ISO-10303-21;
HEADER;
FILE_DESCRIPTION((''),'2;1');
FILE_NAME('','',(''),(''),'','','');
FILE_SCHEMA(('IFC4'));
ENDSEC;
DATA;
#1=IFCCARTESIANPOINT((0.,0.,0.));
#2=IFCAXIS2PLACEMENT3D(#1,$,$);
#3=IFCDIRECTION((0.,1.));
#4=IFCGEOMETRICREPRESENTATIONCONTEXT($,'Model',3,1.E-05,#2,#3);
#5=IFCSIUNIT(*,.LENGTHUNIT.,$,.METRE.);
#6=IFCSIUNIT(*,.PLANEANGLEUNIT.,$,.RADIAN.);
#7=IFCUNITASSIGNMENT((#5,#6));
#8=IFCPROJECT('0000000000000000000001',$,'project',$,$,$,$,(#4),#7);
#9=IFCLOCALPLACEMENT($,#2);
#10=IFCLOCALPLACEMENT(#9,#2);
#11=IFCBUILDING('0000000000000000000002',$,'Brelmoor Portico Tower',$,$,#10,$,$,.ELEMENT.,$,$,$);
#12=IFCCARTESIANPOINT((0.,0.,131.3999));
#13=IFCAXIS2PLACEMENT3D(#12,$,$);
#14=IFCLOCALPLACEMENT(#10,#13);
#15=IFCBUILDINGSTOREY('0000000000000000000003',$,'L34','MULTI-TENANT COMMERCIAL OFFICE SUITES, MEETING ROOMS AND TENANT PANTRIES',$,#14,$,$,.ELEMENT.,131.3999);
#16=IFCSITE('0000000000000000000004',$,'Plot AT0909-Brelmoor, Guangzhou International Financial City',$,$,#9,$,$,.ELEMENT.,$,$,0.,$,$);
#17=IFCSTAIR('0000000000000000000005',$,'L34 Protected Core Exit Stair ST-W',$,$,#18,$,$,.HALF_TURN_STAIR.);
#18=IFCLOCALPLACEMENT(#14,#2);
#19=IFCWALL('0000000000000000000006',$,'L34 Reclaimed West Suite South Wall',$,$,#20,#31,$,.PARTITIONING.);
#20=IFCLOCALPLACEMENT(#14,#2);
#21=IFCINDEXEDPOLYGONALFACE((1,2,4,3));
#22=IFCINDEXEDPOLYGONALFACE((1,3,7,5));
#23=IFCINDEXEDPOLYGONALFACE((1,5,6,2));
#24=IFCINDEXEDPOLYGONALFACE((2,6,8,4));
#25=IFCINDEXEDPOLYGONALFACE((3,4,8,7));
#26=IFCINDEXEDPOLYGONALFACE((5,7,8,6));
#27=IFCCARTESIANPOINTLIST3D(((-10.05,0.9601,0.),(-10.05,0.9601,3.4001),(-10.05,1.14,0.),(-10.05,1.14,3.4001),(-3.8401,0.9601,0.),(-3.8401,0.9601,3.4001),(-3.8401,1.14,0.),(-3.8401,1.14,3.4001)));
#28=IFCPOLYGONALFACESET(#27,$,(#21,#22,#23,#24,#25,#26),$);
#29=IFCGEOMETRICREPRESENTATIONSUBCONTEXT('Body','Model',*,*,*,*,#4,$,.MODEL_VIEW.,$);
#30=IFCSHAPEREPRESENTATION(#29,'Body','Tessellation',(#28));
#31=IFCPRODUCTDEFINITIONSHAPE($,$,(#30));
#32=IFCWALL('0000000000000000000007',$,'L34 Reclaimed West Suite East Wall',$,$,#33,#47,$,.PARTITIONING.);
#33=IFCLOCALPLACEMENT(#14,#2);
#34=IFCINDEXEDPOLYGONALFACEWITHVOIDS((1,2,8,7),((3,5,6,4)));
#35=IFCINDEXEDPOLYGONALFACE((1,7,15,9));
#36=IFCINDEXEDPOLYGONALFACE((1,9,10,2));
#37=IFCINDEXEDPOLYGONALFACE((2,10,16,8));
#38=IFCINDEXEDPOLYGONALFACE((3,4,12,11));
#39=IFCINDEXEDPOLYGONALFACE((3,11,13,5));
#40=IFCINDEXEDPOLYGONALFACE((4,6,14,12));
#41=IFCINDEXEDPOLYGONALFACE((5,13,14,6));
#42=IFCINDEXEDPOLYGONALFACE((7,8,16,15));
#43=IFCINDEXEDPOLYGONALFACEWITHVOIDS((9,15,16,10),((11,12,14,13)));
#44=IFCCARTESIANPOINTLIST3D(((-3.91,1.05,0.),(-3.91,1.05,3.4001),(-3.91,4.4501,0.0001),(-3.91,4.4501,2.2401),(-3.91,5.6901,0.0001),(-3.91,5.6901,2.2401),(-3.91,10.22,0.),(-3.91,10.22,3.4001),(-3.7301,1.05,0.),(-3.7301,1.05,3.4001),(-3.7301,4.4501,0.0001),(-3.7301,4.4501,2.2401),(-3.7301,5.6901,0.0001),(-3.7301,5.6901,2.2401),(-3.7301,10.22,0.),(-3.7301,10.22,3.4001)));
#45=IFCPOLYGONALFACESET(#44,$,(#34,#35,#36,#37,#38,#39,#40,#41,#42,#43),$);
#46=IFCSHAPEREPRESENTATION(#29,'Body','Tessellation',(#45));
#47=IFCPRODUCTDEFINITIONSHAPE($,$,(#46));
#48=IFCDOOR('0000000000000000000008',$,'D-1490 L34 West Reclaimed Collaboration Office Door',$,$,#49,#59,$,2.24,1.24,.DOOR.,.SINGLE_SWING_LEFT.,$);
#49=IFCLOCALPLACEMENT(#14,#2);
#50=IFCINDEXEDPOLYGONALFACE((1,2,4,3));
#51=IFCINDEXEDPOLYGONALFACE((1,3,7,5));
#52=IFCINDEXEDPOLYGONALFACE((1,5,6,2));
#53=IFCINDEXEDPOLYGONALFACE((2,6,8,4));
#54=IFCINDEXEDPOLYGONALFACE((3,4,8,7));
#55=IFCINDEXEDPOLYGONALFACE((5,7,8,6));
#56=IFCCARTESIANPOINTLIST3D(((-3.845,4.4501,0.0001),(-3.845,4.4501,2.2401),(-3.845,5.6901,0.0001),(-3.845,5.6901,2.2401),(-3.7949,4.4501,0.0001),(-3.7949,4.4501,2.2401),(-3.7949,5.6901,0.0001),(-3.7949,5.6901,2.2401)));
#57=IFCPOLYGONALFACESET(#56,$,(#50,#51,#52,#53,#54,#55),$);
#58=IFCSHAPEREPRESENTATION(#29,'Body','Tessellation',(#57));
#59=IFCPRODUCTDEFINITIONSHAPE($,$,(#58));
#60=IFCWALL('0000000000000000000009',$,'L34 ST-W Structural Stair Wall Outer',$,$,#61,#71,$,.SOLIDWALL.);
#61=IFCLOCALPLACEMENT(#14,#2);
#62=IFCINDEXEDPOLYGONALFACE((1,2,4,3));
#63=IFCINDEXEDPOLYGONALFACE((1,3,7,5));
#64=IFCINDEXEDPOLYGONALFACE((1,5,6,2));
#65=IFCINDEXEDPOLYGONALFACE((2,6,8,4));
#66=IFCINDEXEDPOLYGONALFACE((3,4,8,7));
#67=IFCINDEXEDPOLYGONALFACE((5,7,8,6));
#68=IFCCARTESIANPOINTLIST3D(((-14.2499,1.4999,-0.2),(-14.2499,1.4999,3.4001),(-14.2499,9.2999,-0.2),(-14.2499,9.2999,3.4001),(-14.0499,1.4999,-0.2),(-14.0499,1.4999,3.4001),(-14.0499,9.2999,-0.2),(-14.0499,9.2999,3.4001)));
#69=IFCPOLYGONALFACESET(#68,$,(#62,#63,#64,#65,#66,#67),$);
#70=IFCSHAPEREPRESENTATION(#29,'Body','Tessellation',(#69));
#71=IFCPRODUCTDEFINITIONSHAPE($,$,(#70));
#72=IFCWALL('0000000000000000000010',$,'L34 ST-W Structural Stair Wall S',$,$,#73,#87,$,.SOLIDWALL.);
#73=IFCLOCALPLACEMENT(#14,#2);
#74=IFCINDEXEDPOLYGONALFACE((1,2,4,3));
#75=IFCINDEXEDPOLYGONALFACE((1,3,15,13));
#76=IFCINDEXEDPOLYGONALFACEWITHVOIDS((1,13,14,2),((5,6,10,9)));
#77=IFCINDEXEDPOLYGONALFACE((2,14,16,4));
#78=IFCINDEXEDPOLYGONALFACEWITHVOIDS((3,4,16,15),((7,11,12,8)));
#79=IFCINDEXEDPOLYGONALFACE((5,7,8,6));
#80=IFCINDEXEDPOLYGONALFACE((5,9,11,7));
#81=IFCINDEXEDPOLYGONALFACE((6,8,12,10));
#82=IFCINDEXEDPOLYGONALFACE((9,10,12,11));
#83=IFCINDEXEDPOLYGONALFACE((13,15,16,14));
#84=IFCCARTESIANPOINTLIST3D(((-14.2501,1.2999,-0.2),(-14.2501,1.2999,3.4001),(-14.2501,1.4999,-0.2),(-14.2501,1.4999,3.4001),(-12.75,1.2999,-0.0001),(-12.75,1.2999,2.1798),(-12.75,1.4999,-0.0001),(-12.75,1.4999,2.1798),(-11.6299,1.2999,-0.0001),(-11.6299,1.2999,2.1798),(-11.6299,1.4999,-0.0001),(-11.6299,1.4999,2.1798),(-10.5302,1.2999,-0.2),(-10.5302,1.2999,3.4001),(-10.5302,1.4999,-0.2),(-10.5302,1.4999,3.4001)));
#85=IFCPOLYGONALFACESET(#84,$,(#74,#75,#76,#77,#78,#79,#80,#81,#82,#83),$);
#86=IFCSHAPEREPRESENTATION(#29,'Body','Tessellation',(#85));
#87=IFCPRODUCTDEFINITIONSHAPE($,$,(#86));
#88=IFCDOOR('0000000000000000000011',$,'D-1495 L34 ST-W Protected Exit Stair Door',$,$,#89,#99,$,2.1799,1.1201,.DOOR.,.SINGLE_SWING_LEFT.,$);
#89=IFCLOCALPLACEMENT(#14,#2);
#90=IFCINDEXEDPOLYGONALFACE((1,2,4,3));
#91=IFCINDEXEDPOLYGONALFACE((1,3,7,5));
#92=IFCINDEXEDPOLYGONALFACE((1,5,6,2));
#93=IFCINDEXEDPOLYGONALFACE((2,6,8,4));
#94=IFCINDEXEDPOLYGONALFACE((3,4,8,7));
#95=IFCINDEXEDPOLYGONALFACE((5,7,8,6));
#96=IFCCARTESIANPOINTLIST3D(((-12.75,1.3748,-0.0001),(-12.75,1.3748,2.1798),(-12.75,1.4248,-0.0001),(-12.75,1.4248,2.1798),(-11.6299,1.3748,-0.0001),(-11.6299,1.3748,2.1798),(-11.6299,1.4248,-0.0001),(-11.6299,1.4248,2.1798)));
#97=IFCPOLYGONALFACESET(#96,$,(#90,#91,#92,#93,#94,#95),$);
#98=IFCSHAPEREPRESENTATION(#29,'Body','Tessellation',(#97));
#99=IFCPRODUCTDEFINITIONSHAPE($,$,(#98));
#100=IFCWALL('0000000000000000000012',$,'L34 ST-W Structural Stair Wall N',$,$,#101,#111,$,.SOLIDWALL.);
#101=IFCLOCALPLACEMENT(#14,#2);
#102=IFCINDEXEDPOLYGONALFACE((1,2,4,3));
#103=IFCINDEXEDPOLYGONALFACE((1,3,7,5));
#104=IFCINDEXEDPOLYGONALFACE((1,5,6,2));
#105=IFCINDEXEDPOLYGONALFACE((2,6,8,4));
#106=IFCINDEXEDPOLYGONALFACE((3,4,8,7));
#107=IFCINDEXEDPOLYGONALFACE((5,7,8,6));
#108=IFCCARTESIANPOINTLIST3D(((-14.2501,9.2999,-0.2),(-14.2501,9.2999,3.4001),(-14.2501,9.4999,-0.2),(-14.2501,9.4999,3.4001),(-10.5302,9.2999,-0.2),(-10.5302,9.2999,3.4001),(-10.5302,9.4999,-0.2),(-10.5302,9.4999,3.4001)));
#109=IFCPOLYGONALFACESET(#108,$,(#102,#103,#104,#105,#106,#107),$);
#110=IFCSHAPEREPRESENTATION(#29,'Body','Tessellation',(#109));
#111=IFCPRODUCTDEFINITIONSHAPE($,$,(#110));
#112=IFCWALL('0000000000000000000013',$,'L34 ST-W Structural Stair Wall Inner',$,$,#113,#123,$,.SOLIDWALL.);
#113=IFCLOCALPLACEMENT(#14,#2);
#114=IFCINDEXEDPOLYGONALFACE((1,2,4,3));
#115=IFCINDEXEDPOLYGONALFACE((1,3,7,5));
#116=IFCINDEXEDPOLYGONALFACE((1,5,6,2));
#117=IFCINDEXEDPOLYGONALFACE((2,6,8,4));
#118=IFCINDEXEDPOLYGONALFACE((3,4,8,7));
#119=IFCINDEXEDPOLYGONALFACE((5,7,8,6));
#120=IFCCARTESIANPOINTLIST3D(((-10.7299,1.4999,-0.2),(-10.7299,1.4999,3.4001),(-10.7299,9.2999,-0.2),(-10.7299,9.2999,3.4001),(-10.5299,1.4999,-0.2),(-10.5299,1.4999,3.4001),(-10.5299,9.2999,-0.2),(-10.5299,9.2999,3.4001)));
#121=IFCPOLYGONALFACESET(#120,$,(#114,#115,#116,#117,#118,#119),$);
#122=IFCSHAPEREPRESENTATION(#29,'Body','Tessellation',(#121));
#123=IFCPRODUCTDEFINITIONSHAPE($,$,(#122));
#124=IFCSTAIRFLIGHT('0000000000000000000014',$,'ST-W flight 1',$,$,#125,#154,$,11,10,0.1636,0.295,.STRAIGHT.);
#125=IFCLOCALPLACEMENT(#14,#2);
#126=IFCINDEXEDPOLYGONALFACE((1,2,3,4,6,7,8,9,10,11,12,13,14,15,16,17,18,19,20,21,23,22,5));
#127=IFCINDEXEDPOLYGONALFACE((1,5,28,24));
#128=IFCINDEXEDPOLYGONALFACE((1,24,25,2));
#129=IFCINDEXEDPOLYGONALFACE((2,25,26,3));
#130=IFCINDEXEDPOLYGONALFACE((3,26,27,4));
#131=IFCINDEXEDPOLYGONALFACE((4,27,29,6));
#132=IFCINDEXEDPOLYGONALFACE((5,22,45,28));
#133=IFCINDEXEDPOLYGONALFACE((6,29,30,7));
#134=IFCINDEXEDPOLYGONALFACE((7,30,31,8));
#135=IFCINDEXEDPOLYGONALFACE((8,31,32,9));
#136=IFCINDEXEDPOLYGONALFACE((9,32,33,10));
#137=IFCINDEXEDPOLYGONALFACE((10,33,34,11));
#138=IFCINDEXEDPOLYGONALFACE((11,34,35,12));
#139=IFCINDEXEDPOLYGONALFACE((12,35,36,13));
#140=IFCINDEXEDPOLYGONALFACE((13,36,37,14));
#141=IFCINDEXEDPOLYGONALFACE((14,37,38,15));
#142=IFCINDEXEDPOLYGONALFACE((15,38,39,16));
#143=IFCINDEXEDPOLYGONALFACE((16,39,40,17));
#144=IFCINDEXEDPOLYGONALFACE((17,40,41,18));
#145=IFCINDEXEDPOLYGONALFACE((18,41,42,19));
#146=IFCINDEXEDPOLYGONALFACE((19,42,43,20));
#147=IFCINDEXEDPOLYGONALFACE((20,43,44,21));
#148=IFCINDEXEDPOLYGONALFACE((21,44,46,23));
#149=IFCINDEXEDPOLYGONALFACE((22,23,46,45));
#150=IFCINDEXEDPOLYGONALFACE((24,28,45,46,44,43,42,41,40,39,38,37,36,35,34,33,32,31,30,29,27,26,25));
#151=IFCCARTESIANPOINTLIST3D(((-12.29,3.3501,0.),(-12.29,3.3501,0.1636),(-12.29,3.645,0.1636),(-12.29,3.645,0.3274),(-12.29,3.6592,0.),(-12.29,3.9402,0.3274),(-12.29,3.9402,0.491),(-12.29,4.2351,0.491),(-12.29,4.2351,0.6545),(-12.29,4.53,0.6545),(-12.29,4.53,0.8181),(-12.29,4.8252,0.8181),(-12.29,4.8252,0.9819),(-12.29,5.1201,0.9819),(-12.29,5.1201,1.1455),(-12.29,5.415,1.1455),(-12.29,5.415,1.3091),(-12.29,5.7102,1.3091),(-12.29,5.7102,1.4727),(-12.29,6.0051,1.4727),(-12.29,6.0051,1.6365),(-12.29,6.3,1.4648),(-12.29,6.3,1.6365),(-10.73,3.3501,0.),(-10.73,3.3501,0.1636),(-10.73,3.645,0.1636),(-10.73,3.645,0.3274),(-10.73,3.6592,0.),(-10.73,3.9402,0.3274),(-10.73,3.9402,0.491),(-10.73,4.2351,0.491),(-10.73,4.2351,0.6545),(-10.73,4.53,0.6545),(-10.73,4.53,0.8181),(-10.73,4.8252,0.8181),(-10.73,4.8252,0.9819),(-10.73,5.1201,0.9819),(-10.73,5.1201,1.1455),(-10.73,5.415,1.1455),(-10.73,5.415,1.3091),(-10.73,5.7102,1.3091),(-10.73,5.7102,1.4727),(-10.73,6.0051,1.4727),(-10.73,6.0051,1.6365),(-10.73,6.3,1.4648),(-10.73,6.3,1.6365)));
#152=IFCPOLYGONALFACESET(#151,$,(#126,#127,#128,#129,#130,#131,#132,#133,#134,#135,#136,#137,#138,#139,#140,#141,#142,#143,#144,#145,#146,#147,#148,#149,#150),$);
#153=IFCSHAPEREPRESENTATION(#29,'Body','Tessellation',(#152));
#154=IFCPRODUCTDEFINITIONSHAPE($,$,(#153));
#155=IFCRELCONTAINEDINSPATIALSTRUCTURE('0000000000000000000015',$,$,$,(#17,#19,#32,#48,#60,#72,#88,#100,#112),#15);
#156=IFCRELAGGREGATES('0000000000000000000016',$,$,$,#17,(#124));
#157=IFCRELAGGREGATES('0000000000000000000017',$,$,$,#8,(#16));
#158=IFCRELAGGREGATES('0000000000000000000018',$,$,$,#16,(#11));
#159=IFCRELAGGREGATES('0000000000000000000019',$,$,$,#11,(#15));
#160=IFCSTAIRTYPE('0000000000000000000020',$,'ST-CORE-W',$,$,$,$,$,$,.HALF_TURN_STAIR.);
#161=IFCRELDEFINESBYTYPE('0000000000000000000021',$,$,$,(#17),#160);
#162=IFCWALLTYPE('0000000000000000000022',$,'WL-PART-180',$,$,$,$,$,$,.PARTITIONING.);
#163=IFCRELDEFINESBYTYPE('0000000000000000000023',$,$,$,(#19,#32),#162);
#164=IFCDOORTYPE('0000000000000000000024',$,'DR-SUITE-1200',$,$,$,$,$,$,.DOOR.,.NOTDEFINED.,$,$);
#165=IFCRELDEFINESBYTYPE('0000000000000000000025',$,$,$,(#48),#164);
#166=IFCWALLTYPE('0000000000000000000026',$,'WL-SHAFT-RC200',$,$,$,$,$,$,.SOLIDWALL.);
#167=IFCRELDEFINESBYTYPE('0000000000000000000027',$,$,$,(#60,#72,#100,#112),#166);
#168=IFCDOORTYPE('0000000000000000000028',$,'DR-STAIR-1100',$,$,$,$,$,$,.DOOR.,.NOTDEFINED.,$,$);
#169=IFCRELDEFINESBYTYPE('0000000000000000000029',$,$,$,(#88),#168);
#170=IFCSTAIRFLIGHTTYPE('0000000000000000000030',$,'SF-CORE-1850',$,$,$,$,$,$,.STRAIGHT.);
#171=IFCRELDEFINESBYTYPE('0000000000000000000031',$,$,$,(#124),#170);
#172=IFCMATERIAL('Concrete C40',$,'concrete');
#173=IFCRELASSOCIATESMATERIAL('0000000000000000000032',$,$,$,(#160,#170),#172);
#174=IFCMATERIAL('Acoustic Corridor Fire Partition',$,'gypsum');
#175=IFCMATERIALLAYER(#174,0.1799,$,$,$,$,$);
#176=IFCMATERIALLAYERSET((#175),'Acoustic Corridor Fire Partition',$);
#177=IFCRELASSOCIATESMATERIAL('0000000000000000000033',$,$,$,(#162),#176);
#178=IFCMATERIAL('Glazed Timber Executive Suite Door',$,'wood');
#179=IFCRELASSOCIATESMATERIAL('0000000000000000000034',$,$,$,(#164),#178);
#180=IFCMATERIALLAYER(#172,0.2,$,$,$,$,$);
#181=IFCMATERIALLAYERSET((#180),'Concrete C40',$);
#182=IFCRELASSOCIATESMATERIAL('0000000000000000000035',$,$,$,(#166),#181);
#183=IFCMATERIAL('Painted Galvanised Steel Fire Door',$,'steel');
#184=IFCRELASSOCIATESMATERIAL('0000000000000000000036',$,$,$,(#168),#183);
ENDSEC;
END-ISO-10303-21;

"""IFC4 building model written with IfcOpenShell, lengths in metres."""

from ifc_helpers import new_model, si_unit, direction, frame, frame_2d, origin, place, context, subcontext, project, spatial, polyline, rectangle, outline, extrude, material, layer, layer_set, type_object, element, fill, aggregate, save


model = new_model("IFC4")

# Units and contexts
model_context = context("Model", 3, precision=1e-05, world=origin(), true_north=direction((0.0, 1.0)))
body_context = subcontext(model_context, "Body", "Model", "MODEL_VIEW")
ifc_project = project(units=[si_unit("LENGTHUNIT", "METRE"), si_unit("PLANEANGLEUNIT", "RADIAN")], contexts=[model_context])

# Site, building, storey
site_placement = place(None, origin())
site = spatial("IfcSite", under=ifc_project, at=site_placement, Name="Plot AT0909-Brelmoor, Guangzhou International Financial City", CompositionType="ELEMENT", RefElevation=0.0)
building_placement = place(site_placement, origin())
building = spatial("IfcBuilding", under=site, at=building_placement, Name="Brelmoor Portico Tower", CompositionType="ELEMENT")
storey_placement = place(building_placement, frame((0.0, 0.0, 131.3999)))
storey = spatial("IfcBuildingStorey", under=building, at=storey_placement, Name="L34", Description="MULTI-TENANT COMMERCIAL OFFICE SUITES, MEETING ROOMS AND TENANT PANTRIES", CompositionType="ELEMENT", Elevation=131.3999)

# Shared definitions
ifc_material_1 = material(Name="Concrete C40", Category="concrete")

# Stair
stair_type_1 = type_object("IfcStairType", Name="ST-CORE-W", PredefinedType="HALF_TURN_STAIR", material=ifc_material_1)
stair_1_placement = place(storey_placement, origin())
stair_1 = element("IfcStair", 1, at=stair_1_placement, inside=storey, type_object=stair_type_1, Name="L34 Protected Core Exit Stair ST-W", PredefinedType="HALF_TURN_STAIR")

# Wall
ifc_material_2 = material(Name="Acoustic Corridor Fire Partition", Category="gypsum")
ifc_layer_1 = layer(ifc_material_2, 0.1799)
ifc_layer_set_1 = layer_set([ifc_layer_1], Name="Acoustic Corridor Fire Partition")
wall_type_1 = type_object("IfcWallType", Name="WL-PART-180", PredefinedType="PARTITIONING", material=ifc_layer_set_1)
wall_1_placement = place(storey_placement, frame((-10.05, 1.05, 0.0), z_axis=(0.0, 0.0, 1.0), x_axis=(1.0, 0.0, 0.0)))
element("IfcWall", 2, at=wall_1_placement, inside=storey, type_object=wall_type_1, Name="L34 Reclaimed West Suite South Wall", PredefinedType="PARTITIONING", context=body_context, shape_type="SweptSolid", body=[
    extrude(rectangle(XDim=6.21, YDim=0.1799, at=frame_2d((3.105, 0.0))), origin(), (0.0, 0.0, 1.0), 3.4001),
])

# Wall, opening, door
wall_2_placement = place(storey_placement, frame((-3.8201, 1.05, 0.0), z_axis=(0.0, 0.0, 1.0), x_axis=(0.0, 1.0, 0.0)))
wall_2 = element("IfcWall", 3, at=wall_2_placement, inside=storey, type_object=wall_type_1, Name="L34 Reclaimed West Suite East Wall", PredefinedType="PARTITIONING", context=body_context, shape_type="SweptSolid", body=[
    extrude(rectangle(XDim=9.1699, YDim=0.1799, at=frame_2d((4.585, 0.0))), origin(), (0.0, 0.0, 1.0), 3.4001),
])
opening_1_placement = place(wall_2_placement, frame((3.3999, 0.0, 0.0)))
opening_1 = element("IfcOpeningElement", 4, at=opening_1_placement, cuts=wall_2, PredefinedType="OPENING", context=body_context, shape_type="SweptSolid", body=[
    extrude(rectangle(XDim=1.24, YDim=2.24, at=frame_2d((0.6201, 1.1201))), frame((0.0, 0.0999, 0.0), z_axis=(0.0, -1.0, 0.0), x_axis=(1.0, 0.0, 0.0)), (0.0, 0.0, 1.0), 0.2),
])
ifc_material_3 = material(Name="Glazed Timber Executive Suite Door", Category="wood")
door_type_1 = type_object("IfcDoorType", Name="DR-SUITE-1200", OperationType="NOTDEFINED", PredefinedType="DOOR", material=ifc_material_3)
door_1_placement = place(opening_1_placement, origin())
door_1 = element("IfcDoor", 5, at=door_1_placement, inside=storey, type_object=door_type_1, Name="D-1490 L34 West Reclaimed Collaboration Office Door", OperationType="SINGLE_SWING_LEFT", OverallHeight=2.24, OverallWidth=1.24, PredefinedType="DOOR", context=body_context, shape_type="SweptSolid", body=[
    extrude(rectangle(XDim=1.24, YDim=2.24, at=frame_2d((0.6201, 1.1201))), frame((0.0, 0.0249, 0.0), z_axis=(0.0, -1.0, 0.0), x_axis=(1.0, 0.0, 0.0)), (0.0, 0.0, 1.0), 0.05),
])
fill(opening_1, door_1)

# Wall
ifc_layer_2 = layer(ifc_material_1, 0.2)
ifc_layer_set_2 = layer_set([ifc_layer_2], Name="Concrete C40")
wall_type_2 = type_object("IfcWallType", Name="WL-SHAFT-RC200", PredefinedType="SOLIDWALL", material=ifc_layer_set_2)
wall_3_placement = place(storey_placement, frame((-14.1499, 1.5, -0.2), z_axis=(0.0, 0.0, 1.0), x_axis=(0.0, 1.0, 0.0)))
element("IfcWall", 6, at=wall_3_placement, inside=storey, type_object=wall_type_2, Name="L34 ST-W Structural Stair Wall Outer", PredefinedType="SOLIDWALL", context=body_context, shape_type="SweptSolid", body=[
    extrude(rectangle(XDim=7.8, YDim=0.2, at=frame_2d((3.8999, 0.0))), origin(), (0.0, 0.0, 1.0), 3.6001),
])

# Wall, opening, door
wall_4_placement = place(storey_placement, frame((-14.25, 1.3999, -0.2), z_axis=(0.0, 0.0, 1.0), x_axis=(1.0, 0.0, 0.0)))
wall_4 = element("IfcWall", 7, at=wall_4_placement, inside=storey, type_object=wall_type_2, Name="L34 ST-W Structural Stair Wall S", PredefinedType="SOLIDWALL", context=body_context, shape_type="SweptSolid", body=[
    extrude(rectangle(XDim=3.72, YDim=0.2, at=frame_2d((1.8599, 0.0))), origin(), (0.0, 0.0, 1.0), 3.6001),
])
opening_2_placement = place(wall_4_placement, frame((1.5, 0.0, 0.2)))
opening_2 = element("IfcOpeningElement", 8, at=opening_2_placement, cuts=wall_4, PredefinedType="OPENING", context=body_context, shape_type="SweptSolid", body=[
    extrude(rectangle(XDim=1.1201, YDim=2.1799, at=frame_2d((0.5601, 1.0898))), frame((0.0, 0.1099, 0.0), z_axis=(0.0, -1.0, 0.0), x_axis=(1.0, 0.0, 0.0)), (0.0, 0.0, 1.0), 0.22),
])
ifc_material_4 = material(Name="Painted Galvanised Steel Fire Door", Category="steel")
door_type_2 = type_object("IfcDoorType", Name="DR-STAIR-1100", OperationType="NOTDEFINED", PredefinedType="DOOR", material=ifc_material_4)
door_2_placement = place(opening_2_placement, origin())
door_2 = element("IfcDoor", 9, at=door_2_placement, inside=storey, type_object=door_type_2, Name="D-1495 L34 ST-W Protected Exit Stair Door", OperationType="SINGLE_SWING_LEFT", OverallHeight=2.1799, OverallWidth=1.1201, PredefinedType="DOOR", context=body_context, shape_type="SweptSolid", body=[
    extrude(rectangle(XDim=1.1201, YDim=2.1799, at=frame_2d((0.5601, 1.0898))), frame((0.0, 0.0249, 0.0), z_axis=(0.0, -1.0, 0.0), x_axis=(1.0, 0.0, 0.0)), (0.0, 0.0, 1.0), 0.05),
])
fill(opening_2, door_2)

# Walls
wall_5_placement = place(storey_placement, frame((-14.25, 9.3999, -0.2), z_axis=(0.0, 0.0, 1.0), x_axis=(1.0, 0.0, 0.0)))
element("IfcWall", 10, at=wall_5_placement, inside=storey, type_object=wall_type_2, Name="L34 ST-W Structural Stair Wall N", PredefinedType="SOLIDWALL", context=body_context, shape_type="SweptSolid", body=[
    extrude(rectangle(XDim=3.72, YDim=0.2, at=frame_2d((1.8599, 0.0))), origin(), (0.0, 0.0, 1.0), 3.6001),
])
wall_6_placement = place(storey_placement, frame((-10.6299, 1.5, -0.2), z_axis=(0.0, 0.0, 1.0), x_axis=(0.0, 1.0, 0.0)))
element("IfcWall", 11, at=wall_6_placement, inside=storey, type_object=wall_type_2, Name="L34 ST-W Structural Stair Wall Inner", PredefinedType="SOLIDWALL", context=body_context, shape_type="SweptSolid", body=[
    extrude(rectangle(XDim=7.8, YDim=0.2, at=frame_2d((3.8999, 0.0))), origin(), (0.0, 0.0, 1.0), 3.6001),
])

# Stair flight
stair_flight_type = type_object("IfcStairFlightType", Name="SF-CORE-1850", PredefinedType="STRAIGHT", material=ifc_material_1)
stair_flight_1_placement = place(storey_placement, frame((-11.51, 3.3501, 0.0), z_axis=(0.0, 0.0, 1.0), x_axis=(0.0, 1.0, 0.0)))
stair_flight_1 = element("IfcStairFlight", 12, at=stair_flight_1_placement, type_object=stair_flight_type, Name="ST-W flight 1", NumberOfRisers=11, NumberOfTreads=10, PredefinedType="STRAIGHT", RiserHeight=0.1636, TreadLength=0.295, context=body_context, shape_type="SweptSolid", body=[
    extrude(outline(polyline([(0.0, 0.0), (0.0, 0.1636), (0.2949, 0.1636), (0.2949, 0.3274), (0.5901, 0.3274), (0.5901, 0.491), (0.885, 0.491), (0.885, 0.6545), (1.1799, 0.6545), (1.1799, 0.8181), (1.4751, 0.8181), (1.4751, 0.9819), (1.77, 0.9819), (1.77, 1.1455), (2.0649, 1.1455), (2.0649, 1.3091), (2.3601, 1.3091), (2.3601, 1.4727), (2.655, 1.4727), (2.655, 1.6365), (2.95, 1.6365), (2.95, 1.8), (2.95, 1.4648), (0.3091, 0.0), (0.0, 0.0)])), frame((0.0, 0.78, 0.0), z_axis=(0.0, -1.0, 0.0), x_axis=(1.0, 0.0, 0.0)), (0.0, 0.0, 1.0), 1.5601),
])
aggregate(stair_1, [stair_flight_1])

save(model, "model.ifc")
